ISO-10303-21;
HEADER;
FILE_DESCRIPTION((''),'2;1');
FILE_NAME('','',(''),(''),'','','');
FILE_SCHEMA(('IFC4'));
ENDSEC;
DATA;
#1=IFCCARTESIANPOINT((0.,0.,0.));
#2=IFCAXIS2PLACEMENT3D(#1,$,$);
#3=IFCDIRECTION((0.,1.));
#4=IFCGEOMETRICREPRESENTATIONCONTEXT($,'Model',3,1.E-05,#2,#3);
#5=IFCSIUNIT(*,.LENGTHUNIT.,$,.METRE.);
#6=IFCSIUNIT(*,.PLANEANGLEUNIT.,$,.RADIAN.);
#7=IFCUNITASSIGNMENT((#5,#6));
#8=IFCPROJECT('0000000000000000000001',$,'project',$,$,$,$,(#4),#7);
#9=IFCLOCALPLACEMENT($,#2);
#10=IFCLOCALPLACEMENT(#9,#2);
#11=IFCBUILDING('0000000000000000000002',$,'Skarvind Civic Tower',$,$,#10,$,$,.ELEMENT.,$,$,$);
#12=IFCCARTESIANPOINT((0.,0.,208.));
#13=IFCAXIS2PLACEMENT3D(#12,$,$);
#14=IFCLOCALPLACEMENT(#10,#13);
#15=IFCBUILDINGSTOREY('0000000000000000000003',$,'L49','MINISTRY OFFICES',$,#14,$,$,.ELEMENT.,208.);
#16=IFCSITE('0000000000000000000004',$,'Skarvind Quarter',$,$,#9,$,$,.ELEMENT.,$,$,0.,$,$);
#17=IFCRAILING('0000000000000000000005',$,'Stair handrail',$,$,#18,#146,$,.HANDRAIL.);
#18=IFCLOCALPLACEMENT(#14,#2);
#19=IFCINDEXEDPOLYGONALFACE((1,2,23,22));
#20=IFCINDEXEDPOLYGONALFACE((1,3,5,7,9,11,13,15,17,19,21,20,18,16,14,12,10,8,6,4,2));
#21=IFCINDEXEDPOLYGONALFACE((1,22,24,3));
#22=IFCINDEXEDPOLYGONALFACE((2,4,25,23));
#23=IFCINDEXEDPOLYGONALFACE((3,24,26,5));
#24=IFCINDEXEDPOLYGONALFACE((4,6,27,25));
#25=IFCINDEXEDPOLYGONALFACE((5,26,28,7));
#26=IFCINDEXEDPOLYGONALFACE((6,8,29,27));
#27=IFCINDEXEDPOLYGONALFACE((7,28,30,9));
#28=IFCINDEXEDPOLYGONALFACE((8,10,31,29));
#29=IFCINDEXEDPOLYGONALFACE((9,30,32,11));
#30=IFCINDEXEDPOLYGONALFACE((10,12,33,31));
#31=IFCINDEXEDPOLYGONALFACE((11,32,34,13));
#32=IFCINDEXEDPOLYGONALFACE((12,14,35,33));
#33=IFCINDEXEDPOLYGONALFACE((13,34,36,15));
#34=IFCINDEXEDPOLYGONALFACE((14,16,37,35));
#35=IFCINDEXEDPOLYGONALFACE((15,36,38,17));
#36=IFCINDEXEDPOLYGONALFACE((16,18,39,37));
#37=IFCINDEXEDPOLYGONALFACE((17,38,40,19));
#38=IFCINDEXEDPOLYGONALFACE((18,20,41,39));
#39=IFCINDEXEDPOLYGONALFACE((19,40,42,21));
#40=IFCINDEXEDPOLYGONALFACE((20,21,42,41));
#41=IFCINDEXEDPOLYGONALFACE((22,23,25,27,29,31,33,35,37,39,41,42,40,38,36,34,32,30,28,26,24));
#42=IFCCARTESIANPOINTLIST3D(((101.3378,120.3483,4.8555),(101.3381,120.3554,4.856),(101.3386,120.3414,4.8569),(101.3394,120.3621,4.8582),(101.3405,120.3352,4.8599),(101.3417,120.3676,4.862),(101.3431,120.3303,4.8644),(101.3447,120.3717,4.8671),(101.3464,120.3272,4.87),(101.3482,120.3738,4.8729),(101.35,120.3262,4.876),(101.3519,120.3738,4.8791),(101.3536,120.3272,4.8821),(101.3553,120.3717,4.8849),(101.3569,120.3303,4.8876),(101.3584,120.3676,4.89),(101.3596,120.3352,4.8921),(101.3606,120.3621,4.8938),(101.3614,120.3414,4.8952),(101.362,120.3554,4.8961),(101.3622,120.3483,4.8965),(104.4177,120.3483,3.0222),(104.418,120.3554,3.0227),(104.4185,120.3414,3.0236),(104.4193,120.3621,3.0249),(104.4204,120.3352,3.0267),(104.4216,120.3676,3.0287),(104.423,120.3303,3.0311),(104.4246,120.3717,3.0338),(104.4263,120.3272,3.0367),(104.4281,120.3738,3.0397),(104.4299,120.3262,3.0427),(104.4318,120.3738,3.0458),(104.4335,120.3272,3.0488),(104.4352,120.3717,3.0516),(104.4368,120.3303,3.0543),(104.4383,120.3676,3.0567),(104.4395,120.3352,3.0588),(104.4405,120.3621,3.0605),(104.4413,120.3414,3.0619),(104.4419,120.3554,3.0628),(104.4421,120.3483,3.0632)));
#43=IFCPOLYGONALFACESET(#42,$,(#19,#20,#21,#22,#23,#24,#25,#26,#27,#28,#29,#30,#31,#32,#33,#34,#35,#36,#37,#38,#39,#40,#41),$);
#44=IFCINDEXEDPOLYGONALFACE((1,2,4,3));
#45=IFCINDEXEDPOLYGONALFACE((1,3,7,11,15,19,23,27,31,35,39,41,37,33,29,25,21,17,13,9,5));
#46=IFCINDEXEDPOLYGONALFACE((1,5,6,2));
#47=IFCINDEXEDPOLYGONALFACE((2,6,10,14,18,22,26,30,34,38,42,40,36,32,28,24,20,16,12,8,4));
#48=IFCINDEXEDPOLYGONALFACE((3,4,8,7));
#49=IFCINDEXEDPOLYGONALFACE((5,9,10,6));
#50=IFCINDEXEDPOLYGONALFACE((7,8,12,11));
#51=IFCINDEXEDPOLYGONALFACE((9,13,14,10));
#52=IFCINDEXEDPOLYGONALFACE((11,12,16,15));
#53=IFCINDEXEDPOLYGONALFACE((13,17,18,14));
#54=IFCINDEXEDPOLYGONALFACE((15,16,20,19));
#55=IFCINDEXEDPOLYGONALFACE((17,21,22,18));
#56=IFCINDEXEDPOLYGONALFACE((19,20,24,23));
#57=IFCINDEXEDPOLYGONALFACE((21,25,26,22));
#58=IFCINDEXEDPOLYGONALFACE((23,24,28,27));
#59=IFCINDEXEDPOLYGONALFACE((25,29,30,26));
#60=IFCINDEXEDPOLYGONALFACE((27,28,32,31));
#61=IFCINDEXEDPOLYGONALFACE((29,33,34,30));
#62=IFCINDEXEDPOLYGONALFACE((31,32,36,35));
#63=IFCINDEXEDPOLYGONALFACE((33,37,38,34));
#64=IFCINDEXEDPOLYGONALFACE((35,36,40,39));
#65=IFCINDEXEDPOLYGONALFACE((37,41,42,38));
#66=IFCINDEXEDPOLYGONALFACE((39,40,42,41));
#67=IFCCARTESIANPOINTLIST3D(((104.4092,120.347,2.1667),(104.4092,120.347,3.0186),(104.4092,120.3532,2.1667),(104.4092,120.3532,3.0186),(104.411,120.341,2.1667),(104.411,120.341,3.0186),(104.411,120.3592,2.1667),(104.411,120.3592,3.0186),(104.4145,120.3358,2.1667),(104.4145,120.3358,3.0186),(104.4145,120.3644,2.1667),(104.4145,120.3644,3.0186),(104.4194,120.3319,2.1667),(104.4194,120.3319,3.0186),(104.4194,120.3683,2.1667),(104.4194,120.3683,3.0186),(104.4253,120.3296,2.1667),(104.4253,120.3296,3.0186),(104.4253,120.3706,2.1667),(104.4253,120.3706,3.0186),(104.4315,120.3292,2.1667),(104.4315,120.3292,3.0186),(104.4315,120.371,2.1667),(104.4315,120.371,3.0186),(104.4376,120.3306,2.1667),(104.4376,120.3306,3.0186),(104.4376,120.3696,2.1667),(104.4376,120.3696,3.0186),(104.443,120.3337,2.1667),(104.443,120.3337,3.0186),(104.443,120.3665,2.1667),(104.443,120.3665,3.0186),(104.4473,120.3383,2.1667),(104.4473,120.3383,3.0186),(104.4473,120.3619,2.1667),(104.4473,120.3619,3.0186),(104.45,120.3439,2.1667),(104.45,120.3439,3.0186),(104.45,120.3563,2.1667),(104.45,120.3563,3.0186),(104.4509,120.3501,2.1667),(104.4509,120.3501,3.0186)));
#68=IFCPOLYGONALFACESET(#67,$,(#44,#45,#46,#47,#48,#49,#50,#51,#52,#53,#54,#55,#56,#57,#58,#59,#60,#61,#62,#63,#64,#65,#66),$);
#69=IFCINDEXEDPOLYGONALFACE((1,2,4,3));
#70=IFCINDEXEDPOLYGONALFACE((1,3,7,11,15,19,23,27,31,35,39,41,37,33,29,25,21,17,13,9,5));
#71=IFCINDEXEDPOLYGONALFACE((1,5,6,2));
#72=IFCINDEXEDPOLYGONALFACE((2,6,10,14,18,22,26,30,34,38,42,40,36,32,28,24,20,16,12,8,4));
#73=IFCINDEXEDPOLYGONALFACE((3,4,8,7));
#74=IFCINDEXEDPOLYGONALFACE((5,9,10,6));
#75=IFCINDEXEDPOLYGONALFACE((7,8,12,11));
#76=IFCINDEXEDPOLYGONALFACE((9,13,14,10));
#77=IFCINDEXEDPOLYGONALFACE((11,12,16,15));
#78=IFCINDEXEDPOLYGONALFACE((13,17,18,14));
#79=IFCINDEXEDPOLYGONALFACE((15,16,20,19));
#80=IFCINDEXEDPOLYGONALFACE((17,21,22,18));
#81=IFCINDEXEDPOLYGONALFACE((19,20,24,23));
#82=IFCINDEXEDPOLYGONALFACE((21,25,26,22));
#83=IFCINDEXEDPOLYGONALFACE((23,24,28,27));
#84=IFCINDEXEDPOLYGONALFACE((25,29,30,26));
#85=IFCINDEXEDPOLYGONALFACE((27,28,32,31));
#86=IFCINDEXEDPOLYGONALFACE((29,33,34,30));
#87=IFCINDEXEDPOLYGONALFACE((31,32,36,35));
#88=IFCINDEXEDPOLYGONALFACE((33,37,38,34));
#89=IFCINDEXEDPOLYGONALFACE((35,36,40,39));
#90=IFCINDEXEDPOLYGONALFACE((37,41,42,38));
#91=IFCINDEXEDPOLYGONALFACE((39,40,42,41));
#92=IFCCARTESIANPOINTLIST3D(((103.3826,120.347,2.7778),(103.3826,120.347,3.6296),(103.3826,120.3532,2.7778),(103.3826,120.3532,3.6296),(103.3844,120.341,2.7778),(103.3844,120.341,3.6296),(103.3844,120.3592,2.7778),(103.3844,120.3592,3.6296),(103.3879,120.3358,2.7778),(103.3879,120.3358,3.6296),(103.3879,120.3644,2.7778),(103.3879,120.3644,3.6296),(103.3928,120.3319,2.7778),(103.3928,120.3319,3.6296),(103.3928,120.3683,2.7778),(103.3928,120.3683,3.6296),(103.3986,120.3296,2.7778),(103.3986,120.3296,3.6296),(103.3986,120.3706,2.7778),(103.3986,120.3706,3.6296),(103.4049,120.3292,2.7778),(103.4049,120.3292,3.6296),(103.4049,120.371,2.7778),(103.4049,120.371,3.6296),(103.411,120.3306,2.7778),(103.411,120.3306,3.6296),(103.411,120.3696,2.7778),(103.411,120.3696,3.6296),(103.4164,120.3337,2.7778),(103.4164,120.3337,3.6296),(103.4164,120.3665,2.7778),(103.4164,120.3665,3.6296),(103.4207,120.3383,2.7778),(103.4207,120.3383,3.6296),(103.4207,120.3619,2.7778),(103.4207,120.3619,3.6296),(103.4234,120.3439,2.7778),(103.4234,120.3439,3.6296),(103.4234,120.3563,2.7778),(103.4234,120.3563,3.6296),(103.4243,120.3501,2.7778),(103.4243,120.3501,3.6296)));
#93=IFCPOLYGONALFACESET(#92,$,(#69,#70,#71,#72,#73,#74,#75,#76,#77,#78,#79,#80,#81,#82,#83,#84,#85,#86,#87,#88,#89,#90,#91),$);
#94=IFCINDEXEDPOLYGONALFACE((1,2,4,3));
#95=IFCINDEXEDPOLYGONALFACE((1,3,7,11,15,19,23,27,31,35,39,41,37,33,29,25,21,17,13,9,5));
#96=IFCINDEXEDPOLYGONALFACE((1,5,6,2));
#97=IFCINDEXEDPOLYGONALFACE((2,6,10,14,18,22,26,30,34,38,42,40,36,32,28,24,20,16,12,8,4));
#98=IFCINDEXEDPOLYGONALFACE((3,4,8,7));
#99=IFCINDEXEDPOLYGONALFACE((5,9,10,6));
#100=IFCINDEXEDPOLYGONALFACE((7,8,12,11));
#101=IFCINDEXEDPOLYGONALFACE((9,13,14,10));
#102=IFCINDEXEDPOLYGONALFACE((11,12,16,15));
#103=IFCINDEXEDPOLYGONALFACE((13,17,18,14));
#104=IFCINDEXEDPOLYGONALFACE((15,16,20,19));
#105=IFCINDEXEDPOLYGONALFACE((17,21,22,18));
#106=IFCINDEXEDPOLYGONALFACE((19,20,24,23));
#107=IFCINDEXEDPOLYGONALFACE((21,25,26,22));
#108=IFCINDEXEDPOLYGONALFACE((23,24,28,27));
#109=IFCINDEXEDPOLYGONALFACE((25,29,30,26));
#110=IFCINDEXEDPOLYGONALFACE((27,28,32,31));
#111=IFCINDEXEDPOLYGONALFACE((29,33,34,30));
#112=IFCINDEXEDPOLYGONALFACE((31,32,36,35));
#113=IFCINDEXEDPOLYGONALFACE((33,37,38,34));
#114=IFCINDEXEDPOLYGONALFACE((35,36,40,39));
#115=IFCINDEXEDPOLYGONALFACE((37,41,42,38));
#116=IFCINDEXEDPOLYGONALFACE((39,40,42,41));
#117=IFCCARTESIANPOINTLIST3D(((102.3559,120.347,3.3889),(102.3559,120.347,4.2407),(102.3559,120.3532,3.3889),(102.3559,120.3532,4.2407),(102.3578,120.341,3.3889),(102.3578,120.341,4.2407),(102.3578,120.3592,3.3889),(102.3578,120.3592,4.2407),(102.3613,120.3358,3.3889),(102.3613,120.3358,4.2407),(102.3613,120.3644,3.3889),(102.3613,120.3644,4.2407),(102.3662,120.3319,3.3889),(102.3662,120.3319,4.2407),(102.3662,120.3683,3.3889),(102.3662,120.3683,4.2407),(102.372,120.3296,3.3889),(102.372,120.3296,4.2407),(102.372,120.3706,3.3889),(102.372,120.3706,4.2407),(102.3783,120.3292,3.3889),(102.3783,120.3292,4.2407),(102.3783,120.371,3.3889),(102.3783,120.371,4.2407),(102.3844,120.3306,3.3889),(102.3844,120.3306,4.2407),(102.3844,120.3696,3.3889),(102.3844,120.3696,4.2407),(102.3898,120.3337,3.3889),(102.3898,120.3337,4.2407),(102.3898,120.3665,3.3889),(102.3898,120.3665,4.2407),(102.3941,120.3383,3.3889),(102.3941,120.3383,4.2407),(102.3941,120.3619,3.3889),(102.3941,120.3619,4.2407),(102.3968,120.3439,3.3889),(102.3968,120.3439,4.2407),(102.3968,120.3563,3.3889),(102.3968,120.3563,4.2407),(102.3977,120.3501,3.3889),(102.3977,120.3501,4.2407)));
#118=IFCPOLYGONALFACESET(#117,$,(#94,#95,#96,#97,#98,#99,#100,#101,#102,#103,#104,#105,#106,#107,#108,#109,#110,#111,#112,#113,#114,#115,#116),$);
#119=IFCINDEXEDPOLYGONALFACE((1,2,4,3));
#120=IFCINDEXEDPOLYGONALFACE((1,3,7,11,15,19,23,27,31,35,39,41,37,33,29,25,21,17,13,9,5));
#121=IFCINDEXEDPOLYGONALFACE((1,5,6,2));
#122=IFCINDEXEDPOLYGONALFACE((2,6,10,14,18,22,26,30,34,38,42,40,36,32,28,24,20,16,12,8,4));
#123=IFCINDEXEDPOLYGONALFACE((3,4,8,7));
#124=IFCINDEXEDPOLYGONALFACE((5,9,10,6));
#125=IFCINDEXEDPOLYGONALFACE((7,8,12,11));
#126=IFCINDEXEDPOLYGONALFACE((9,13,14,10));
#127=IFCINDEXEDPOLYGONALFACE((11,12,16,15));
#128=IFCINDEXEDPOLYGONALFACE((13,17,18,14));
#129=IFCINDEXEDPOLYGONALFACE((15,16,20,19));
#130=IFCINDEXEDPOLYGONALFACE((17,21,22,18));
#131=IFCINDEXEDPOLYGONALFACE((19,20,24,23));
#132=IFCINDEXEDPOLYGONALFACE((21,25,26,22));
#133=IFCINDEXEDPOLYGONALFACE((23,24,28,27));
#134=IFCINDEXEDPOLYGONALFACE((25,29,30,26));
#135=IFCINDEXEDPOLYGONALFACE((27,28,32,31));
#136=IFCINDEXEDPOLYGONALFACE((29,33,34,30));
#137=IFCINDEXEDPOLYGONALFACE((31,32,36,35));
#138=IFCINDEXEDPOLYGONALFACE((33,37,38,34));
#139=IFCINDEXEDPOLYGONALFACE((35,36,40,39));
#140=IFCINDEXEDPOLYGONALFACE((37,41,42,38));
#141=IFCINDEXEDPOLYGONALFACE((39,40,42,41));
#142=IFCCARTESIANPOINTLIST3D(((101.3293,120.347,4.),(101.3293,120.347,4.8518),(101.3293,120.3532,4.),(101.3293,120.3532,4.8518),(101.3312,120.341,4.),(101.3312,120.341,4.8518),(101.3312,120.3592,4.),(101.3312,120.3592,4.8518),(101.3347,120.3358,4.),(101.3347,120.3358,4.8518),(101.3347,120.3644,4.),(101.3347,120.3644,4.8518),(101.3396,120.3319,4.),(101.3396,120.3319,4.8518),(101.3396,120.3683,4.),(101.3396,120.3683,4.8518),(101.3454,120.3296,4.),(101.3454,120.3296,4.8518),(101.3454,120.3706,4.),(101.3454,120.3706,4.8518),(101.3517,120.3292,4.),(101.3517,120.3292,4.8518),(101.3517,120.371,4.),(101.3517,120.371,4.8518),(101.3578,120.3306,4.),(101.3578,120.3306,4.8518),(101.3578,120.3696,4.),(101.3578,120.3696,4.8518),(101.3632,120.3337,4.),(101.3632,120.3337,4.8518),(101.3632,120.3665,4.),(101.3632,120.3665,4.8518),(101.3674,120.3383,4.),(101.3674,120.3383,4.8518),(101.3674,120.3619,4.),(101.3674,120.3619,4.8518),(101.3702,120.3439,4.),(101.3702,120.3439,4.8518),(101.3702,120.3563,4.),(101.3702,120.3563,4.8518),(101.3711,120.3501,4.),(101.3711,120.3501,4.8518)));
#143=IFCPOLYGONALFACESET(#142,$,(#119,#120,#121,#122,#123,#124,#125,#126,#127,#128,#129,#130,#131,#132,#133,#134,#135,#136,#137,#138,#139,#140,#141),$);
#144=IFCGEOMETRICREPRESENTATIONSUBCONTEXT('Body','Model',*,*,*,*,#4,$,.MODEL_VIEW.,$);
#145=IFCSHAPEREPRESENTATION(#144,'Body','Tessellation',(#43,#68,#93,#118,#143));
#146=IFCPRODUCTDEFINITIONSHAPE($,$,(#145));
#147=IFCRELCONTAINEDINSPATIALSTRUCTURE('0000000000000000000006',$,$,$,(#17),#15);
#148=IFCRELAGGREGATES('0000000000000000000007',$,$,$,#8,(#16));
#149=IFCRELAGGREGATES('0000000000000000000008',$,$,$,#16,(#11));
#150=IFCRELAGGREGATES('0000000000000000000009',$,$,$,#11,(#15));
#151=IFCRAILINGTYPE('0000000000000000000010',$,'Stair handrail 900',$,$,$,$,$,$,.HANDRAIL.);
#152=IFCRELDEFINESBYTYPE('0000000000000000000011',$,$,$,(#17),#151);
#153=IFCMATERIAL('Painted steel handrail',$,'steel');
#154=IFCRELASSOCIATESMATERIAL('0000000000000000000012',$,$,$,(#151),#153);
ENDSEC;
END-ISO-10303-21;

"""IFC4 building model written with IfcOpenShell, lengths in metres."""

from ifc_helpers import new_model, si_unit, direction, frame, origin, origin_2d, place, context, subcontext, project, spatial, circle, extrude, material, type_object, element, save


model = new_model("IFC4")

# Units and contexts
model_context = context("Model", 3, precision=1e-05, world=origin(), true_north=direction((0.0, 1.0)))
body_context = subcontext(model_context, "Body", "Model", "MODEL_VIEW")
ifc_project = project(units=[si_unit("LENGTHUNIT", "METRE"), si_unit("PLANEANGLEUNIT", "RADIAN")], contexts=[model_context])

# Site, building, storey
site_placement = place(None, origin())
site = spatial("IfcSite", under=ifc_project, at=site_placement, Name="Skarvind Quarter", CompositionType="ELEMENT", RefElevation=0.0)
building_placement = place(site_placement, origin())
building = spatial("IfcBuilding", under=site, at=building_placement, Name="Skarvind Civic Tower", CompositionType="ELEMENT")
storey_placement = place(building_placement, frame((0.0, 0.0, 208.0)))
storey = spatial("IfcBuildingStorey", under=building, at=storey_placement, Name="L49", Description="MINISTRY OFFICES", CompositionType="ELEMENT", Elevation=208.0)

# Railing
ifc_material_1 = material(Name="Painted steel handrail", Category="steel")
railing_type = type_object("IfcRailingType", Name="Stair handrail 900", PredefinedType="HANDRAIL", material=ifc_material_1)
railing_1_placement = place(storey_placement, frame((104.4299, 120.3501, 2.1667)))
element("IfcRailing", 1, at=railing_1_placement, inside=storey, type_object=railing_type, Name="Stair handrail", PredefinedType="HANDRAIL", context=body_context, shape_type="SweptSolid", body=[
    extrude(circle(Radius=0.0239, at=origin_2d()), frame((0.0, 0.0, 0.876), z_axis=(-0.859291, 0.0, 0.511487), x_axis=(0.0, -1.0, 0.0)), (0.0, 0.0, 1.0), 3.5842),
    extrude(circle(Radius=0.021, at=origin_2d()), origin(), (0.0, 0.0, 1.0), 0.8518),
    extrude(circle(Radius=0.021, at=origin_2d()), frame((-1.0266, 0.0, 0.6111)), (0.0, 0.0, 1.0), 0.8518),
    extrude(circle(Radius=0.021, at=origin_2d()), frame((-2.0532, 0.0, 1.2222)), (0.0, 0.0, 1.0), 0.8518),
    extrude(circle(Radius=0.021, at=origin_2d()), frame((-3.0798, 0.0, 1.8333)), (0.0, 0.0, 1.0), 0.8518),
])

save(model, "model.ifc")
